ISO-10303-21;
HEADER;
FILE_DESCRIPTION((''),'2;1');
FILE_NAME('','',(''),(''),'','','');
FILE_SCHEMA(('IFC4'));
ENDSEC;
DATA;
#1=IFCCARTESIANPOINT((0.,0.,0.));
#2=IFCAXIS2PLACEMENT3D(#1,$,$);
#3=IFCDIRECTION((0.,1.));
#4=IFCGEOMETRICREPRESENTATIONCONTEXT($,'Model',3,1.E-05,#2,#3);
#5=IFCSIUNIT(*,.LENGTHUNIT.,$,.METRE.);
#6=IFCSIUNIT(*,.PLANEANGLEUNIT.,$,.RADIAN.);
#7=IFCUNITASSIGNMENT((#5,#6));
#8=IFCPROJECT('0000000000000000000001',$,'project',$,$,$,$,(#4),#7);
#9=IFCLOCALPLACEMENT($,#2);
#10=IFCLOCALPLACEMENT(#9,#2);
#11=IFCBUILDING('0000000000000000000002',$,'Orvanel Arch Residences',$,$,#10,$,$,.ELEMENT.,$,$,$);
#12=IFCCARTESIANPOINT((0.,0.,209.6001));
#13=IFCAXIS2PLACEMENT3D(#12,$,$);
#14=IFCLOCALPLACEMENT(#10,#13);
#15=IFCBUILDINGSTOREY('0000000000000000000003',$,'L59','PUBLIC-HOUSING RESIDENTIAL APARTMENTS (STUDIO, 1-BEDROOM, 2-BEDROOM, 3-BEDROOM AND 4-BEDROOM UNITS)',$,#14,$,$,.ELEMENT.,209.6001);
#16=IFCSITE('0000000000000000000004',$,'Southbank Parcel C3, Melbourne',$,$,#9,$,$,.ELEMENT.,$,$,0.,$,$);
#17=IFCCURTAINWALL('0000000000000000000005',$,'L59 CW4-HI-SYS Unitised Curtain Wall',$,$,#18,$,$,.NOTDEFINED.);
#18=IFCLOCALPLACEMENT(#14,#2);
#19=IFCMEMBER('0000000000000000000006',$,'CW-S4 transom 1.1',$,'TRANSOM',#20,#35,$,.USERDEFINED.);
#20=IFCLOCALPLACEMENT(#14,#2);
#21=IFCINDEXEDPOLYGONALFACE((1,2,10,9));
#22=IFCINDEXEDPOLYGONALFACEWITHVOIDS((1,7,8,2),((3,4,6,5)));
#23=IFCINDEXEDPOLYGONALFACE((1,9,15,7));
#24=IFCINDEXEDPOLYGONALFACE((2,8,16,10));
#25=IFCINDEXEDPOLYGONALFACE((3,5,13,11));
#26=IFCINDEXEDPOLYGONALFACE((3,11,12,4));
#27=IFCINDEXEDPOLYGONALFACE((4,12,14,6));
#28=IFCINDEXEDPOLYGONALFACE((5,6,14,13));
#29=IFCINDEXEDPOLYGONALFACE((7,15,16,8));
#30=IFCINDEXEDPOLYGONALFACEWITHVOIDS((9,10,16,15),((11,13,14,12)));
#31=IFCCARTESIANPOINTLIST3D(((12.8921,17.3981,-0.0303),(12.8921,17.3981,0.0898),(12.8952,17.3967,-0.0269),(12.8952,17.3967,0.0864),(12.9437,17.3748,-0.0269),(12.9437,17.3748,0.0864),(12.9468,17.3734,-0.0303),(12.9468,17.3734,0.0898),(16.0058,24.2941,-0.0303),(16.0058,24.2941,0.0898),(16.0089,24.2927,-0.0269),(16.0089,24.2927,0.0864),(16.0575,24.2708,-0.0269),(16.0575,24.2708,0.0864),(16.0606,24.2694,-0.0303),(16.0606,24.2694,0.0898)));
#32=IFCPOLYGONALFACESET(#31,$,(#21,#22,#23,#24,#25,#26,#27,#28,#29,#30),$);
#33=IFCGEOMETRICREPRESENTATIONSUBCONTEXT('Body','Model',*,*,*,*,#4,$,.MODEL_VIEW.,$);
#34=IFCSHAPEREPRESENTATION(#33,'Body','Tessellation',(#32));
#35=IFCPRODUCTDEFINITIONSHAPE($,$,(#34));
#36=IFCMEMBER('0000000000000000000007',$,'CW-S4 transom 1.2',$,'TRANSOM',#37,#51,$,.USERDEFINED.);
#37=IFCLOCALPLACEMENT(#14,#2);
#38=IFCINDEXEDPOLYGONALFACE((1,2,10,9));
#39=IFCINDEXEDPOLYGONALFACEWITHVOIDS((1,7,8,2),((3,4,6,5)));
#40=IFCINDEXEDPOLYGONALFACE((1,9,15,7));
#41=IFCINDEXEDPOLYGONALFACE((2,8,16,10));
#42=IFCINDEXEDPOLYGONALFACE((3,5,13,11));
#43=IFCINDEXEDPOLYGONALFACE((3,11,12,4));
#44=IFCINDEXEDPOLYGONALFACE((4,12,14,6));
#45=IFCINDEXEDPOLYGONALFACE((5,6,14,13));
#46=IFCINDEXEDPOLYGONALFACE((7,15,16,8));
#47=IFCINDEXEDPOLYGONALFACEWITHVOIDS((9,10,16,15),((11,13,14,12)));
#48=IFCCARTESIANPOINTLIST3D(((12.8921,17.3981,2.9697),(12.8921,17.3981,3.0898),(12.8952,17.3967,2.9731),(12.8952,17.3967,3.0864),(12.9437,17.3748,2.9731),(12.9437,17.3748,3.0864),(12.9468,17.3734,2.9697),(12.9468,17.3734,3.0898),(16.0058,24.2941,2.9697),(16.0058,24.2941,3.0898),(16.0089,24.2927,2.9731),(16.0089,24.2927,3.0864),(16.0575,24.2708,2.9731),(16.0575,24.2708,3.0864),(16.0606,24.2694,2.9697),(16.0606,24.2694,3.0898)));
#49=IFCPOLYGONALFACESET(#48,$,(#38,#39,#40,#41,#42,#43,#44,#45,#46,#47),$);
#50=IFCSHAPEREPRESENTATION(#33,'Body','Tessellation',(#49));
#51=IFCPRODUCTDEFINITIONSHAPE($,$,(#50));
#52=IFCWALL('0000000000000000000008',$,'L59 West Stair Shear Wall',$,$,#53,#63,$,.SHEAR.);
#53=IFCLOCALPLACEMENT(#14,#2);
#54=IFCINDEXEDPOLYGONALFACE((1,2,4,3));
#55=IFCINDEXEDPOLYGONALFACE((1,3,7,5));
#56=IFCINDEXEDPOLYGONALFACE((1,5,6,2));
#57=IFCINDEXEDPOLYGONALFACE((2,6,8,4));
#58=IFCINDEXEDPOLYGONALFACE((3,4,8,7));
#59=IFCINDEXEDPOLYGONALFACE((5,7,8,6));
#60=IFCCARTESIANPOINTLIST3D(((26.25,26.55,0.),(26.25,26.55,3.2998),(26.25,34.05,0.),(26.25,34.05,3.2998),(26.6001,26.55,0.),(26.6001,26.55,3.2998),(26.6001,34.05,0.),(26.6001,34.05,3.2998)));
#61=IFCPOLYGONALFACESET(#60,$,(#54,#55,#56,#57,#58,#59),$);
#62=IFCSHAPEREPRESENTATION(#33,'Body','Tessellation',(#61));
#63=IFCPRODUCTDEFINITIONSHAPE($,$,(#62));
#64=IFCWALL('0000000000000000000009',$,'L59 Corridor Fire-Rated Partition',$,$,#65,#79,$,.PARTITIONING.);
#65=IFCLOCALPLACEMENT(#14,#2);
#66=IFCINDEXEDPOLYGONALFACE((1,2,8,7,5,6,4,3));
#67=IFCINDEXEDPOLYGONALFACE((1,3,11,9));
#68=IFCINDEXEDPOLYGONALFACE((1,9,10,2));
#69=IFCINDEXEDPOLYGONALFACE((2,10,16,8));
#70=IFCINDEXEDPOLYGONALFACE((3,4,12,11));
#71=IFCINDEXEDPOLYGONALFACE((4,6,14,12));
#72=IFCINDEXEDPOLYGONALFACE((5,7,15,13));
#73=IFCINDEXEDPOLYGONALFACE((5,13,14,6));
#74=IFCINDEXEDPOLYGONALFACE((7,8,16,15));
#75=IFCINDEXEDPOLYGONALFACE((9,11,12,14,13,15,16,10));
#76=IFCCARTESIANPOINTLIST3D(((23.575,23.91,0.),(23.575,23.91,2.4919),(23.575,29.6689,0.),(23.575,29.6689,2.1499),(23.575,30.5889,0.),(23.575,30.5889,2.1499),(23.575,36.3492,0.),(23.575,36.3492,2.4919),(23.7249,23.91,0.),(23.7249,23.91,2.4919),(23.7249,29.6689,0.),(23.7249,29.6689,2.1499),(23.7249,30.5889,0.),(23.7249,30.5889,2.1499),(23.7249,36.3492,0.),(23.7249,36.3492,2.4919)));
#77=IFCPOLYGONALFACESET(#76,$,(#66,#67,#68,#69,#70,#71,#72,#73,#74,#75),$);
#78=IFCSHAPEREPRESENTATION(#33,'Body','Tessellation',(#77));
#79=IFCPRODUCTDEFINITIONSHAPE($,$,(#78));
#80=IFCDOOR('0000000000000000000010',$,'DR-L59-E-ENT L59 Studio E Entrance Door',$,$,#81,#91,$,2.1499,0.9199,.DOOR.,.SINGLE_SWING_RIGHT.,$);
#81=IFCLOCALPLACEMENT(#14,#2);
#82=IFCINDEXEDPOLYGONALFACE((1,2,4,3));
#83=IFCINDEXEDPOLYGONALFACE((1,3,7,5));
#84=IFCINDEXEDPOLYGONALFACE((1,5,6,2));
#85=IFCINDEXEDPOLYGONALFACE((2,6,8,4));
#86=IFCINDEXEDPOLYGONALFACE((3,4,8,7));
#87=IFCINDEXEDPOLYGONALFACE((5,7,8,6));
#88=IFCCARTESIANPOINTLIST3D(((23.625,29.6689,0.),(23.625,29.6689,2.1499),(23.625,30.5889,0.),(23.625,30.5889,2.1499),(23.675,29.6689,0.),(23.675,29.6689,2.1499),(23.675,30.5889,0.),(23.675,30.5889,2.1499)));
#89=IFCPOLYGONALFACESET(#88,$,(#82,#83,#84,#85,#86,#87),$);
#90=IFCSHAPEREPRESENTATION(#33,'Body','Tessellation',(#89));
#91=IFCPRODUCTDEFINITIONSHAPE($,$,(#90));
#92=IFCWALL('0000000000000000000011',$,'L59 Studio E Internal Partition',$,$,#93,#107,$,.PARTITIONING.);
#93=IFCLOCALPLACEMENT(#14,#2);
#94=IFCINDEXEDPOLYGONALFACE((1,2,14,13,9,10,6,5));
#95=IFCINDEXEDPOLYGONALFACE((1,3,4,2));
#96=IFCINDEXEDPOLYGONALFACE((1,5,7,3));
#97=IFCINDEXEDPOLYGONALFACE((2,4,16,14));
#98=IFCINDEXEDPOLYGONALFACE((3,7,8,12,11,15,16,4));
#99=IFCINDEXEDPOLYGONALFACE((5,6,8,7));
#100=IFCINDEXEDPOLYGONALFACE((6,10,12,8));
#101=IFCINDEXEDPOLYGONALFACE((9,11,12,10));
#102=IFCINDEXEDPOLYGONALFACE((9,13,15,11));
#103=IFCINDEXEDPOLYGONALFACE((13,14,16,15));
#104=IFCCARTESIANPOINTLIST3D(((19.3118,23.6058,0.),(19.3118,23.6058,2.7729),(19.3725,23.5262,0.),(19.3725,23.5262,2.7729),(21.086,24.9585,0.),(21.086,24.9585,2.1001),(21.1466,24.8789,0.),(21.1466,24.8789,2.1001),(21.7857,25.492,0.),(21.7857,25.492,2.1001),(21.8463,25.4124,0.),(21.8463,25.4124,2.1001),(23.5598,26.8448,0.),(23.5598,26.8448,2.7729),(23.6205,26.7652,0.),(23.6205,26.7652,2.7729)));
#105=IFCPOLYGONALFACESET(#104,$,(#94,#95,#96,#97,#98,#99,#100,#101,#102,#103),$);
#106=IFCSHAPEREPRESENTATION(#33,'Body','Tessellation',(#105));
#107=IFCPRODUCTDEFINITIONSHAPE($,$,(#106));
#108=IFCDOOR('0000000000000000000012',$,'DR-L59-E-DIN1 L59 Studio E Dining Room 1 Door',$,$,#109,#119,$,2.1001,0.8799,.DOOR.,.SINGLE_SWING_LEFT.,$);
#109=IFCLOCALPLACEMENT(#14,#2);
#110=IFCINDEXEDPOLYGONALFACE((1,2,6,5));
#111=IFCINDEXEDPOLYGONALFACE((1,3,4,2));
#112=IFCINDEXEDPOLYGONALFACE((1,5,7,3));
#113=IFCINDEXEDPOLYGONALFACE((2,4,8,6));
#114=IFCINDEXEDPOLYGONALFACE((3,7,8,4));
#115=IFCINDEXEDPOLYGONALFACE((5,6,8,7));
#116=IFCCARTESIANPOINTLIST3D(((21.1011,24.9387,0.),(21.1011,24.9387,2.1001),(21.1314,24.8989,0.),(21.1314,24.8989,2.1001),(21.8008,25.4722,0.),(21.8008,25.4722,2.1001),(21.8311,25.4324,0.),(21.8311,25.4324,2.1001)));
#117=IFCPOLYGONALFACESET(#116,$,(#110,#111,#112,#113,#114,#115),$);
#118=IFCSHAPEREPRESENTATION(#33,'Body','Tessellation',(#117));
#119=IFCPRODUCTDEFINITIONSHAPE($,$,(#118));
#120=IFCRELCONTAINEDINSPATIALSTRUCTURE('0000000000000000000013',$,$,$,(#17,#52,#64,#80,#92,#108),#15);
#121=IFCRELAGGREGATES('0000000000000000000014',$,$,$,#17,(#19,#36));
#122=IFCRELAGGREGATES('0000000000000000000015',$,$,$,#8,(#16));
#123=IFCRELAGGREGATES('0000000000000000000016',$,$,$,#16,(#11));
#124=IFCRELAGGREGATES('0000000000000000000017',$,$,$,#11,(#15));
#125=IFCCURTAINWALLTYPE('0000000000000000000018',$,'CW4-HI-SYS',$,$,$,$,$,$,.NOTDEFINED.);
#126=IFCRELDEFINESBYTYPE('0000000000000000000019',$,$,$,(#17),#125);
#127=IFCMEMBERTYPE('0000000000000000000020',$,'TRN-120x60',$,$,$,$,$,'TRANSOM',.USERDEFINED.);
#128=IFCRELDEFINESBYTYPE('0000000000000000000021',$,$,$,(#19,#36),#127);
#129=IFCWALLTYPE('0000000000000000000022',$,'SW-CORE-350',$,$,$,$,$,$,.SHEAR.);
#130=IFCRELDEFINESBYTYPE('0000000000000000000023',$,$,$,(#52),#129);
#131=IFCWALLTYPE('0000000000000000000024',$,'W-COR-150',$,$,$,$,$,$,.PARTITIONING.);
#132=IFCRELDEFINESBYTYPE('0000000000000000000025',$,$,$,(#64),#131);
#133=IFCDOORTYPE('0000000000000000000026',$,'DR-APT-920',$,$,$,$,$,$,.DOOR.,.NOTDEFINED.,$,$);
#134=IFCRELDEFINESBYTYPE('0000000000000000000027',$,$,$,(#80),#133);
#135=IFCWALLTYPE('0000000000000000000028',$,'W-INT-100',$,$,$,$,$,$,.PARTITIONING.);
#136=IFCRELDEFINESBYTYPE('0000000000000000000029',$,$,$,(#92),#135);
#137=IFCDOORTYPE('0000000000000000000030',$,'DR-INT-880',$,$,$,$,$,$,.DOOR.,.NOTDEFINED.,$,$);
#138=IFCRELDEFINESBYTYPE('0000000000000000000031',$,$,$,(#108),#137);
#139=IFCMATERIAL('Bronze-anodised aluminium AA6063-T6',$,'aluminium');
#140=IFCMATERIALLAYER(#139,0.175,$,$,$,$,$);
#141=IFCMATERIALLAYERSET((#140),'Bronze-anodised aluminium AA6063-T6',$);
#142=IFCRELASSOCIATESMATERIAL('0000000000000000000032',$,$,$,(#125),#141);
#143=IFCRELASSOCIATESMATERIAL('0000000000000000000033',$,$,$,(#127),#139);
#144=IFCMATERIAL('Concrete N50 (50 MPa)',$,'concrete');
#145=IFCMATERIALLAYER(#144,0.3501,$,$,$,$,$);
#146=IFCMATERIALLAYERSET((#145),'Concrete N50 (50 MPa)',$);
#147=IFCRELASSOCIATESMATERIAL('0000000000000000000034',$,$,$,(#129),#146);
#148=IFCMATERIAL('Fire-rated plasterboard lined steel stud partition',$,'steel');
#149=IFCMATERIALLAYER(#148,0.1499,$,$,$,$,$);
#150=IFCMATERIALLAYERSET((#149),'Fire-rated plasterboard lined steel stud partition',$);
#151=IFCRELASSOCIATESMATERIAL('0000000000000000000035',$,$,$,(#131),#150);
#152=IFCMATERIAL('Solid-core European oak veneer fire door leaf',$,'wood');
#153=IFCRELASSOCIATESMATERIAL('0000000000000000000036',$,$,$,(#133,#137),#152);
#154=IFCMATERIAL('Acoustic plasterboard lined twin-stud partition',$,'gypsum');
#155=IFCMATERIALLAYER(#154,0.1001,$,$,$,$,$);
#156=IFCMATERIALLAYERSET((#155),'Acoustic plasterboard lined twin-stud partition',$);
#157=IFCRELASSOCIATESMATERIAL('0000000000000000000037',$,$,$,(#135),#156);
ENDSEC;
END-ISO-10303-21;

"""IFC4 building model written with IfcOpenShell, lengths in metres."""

from ifc_helpers import new_model, si_unit, direction, frame, frame_2d, origin, origin_2d, place, context, subcontext, project, spatial, rectangle, hollow_rectangle, extrude, material, layer, layer_set, material_profile, profile_set, type_object, element, fill, aggregate, save


model = new_model("IFC4")

# Units and contexts
model_context = context("Model", 3, precision=1e-05, world=origin(), true_north=direction((0.0, 1.0)))
body_context = subcontext(model_context, "Body", "Model", "MODEL_VIEW")
ifc_project = project(units=[si_unit("LENGTHUNIT", "METRE"), si_unit("PLANEANGLEUNIT", "RADIAN")], contexts=[model_context])

# Site, building, storey
site_placement = place(None, origin())
site = spatial("IfcSite", under=ifc_project, at=site_placement, Name="Southbank Parcel C3, Melbourne", CompositionType="ELEMENT", RefElevation=0.0)
building_placement = place(site_placement, origin())
building = spatial("IfcBuilding", under=site, at=building_placement, Name="Orvanel Arch Residences", CompositionType="ELEMENT")
storey_placement = place(building_placement, frame((0.0, 0.0, 209.6001)))
storey = spatial("IfcBuildingStorey", under=building, at=storey_placement, Name="L59", Description="PUBLIC-HOUSING RESIDENTIAL APARTMENTS (STUDIO, 1-BEDROOM, 2-BEDROOM, 3-BEDROOM AND 4-BEDROOM UNITS)", CompositionType="ELEMENT", Elevation=209.6001)

# Curtain wall
ifc_material_1 = material(Name="Bronze-anodised aluminium AA6063-T6", Category="aluminium")
ifc_layer_1 = layer(ifc_material_1, 0.175)
ifc_layer_set_1 = layer_set([ifc_layer_1], Name="Bronze-anodised aluminium AA6063-T6")
curtain_wall_type = type_object("IfcCurtainWallType", Name="CW4-HI-SYS", PredefinedType="NOTDEFINED", material=ifc_layer_set_1)
curtain_wall_placement = place(storey_placement, origin())
curtain_wall = element("IfcCurtainWall", 1, at=curtain_wall_placement, inside=storey, type_object=curtain_wall_type, Name="L59 CW4-HI-SYS Unitised Curtain Wall", PredefinedType="NOTDEFINED")

# Members
ifc_material_profile_1 = material_profile(ifc_material_1, hollow_rectangle(XDim=0.0601, YDim=0.1201, WallThickness=0.0034, at=origin_2d()), Name="ALU120x60x3.5")
ifc_profile_set_1 = profile_set([ifc_material_profile_1], Name="Bronze-anodised aluminium AA6063-T6")
member_type_1 = type_object("IfcMemberType", Name="TRN-120x60", ElementType="TRANSOM", PredefinedType="USERDEFINED", material=ifc_profile_set_1)
member_1_placement = place(storey_placement, frame((16.0332, 24.2817, 0.0298), z_axis=(-0.411526, -0.911398, 0.0), x_axis=(0.911398, -0.411526, 0.0)))
member_1 = element("IfcMember", 2, at=member_1_placement, type_object=member_type_1, Name="CW-S4 transom 1.1", ObjectType="TRANSOM", PredefinedType="USERDEFINED", context=body_context, shape_type="SweptSolid", body=[
    extrude(hollow_rectangle(XDim=0.0601, YDim=0.1201, WallThickness=0.0034, at=origin_2d()), origin(), (0.0, 0.0, 1.0), 7.5664),
])
member_2_placement = place(storey_placement, frame((16.0332, 24.2817, 3.0298), z_axis=(-0.411526, -0.911398, 0.0), x_axis=(0.911398, -0.411526, 0.0)))
member_2 = element("IfcMember", 3, at=member_2_placement, type_object=member_type_1, Name="CW-S4 transom 1.2", ObjectType="TRANSOM", PredefinedType="USERDEFINED", context=body_context, shape_type="SweptSolid", body=[
    extrude(hollow_rectangle(XDim=0.0601, YDim=0.1201, WallThickness=0.0034, at=origin_2d()), origin(), (0.0, 0.0, 1.0), 7.5664),
])
aggregate(curtain_wall, [member_1, member_2])

# Shared definitions
ifc_material_2 = material(Name="Concrete N50 (50 MPa)", Category="concrete")
ifc_layer_2 = layer(ifc_material_2, 0.3501)
ifc_layer_set_2 = layer_set([ifc_layer_2], Name="Concrete N50 (50 MPa)")
wall_type_1 = type_object("IfcWallType", Name="SW-CORE-350", PredefinedType="SHEAR", material=ifc_layer_set_2)

# Wall
wall_1_placement = place(storey_placement, frame((26.425, 26.55, 0.0), z_axis=(0.0, 0.0, 1.0), x_axis=(0.0, 1.0, 0.0)))
element("IfcWall", 4, at=wall_1_placement, inside=storey, type_object=wall_type_1, Name="L59 West Stair Shear Wall", PredefinedType="SHEAR", context=body_context, shape_type="SweptSolid", body=[
    extrude(rectangle(XDim=7.5, YDim=0.3501, at=frame_2d((3.75, 0.0))), origin(), (0.0, 0.0, 1.0), 3.2998),
])

# Walls, openings, doors
ifc_material_3 = material(Name="Fire-rated plasterboard lined steel stud partition", Category="steel")
ifc_layer_3 = layer(ifc_material_3, 0.1499)
ifc_layer_set_3 = layer_set([ifc_layer_3], Name="Fire-rated plasterboard lined steel stud partition")
wall_type_2 = type_object("IfcWallType", Name="W-COR-150", PredefinedType="PARTITIONING", material=ifc_layer_set_3)
wall_2_placement = place(storey_placement, frame((23.6499, 23.9099, 0.0), z_axis=(0.0, 0.0, 1.0), x_axis=(0.0, 1.0, 0.0)))
wall_2 = element("IfcWall", 5, at=wall_2_placement, inside=storey, type_object=wall_type_2, Name="L59 Corridor Fire-Rated Partition", PredefinedType="PARTITIONING", context=body_context, shape_type="SweptSolid", body=[
    extrude(rectangle(XDim=12.4392, YDim=0.1499, at=frame_2d((6.2197, 0.0))), origin(), (0.0, 0.0, 1.0), 2.4919),
])
opening_1_placement = place(wall_2_placement, frame((5.759, 0.0, 0.0)))
opening_1 = element("IfcOpeningElement", 6, at=opening_1_placement, cuts=wall_2, PredefinedType="OPENING", context=body_context, shape_type="SweptSolid", body=[
    extrude(rectangle(XDim=0.9199, YDim=2.1499, at=frame_2d((0.46, 1.075))), frame((0.0, 0.085, 0.0), z_axis=(0.0, -1.0, 0.0), x_axis=(1.0, 0.0, 0.0)), (0.0, 0.0, 1.0), 0.1699),
])
ifc_material_4 = material(Name="Solid-core European oak veneer fire door leaf", Category="wood")
door_type_1 = type_object("IfcDoorType", Name="DR-APT-920", OperationType="NOTDEFINED", PredefinedType="DOOR", material=ifc_material_4)
door_1_placement = place(opening_1_placement, origin())
door_1 = element("IfcDoor", 7, at=door_1_placement, inside=storey, type_object=door_type_1, Name="DR-L59-E-ENT L59 Studio E Entrance Door", OperationType="SINGLE_SWING_RIGHT", OverallHeight=2.1499, OverallWidth=0.9199, PredefinedType="DOOR", context=body_context, shape_type="SweptSolid", body=[
    extrude(rectangle(XDim=0.9199, YDim=2.1499, at=frame_2d((0.46, 1.075))), frame((0.0, 0.0249, 0.0), z_axis=(0.0, -1.0, 0.0), x_axis=(1.0, 0.0, 0.0)), (0.0, 0.0, 1.0), 0.05),
])
fill(opening_1, door_1)
ifc_material_5 = material(Name="Acoustic plasterboard lined twin-stud partition", Category="gypsum")
ifc_layer_4 = layer(ifc_material_5, 0.1001)
ifc_layer_set_4 = layer_set([ifc_layer_4], Name="Acoustic plasterboard lined twin-stud partition")
wall_type_3 = type_object("IfcWallType", Name="W-INT-100", PredefinedType="PARTITIONING", material=ifc_layer_set_4)
wall_3_placement = place(storey_placement, frame((23.5901, 26.8049, 0.0), z_axis=(0.0, 0.0, 1.0), x_axis=(-0.795215, -0.606328, 0.0)))
wall_3 = element("IfcWall", 8, at=wall_3_placement, inside=storey, type_object=wall_type_3, Name="L59 Studio E Internal Partition", PredefinedType="PARTITIONING", context=body_context, shape_type="SweptSolid", body=[
    extrude(rectangle(XDim=5.342, YDim=0.1001, at=frame_2d((2.6709, 0.0))), origin(), (0.0, 0.0, 1.0), 2.7729),
])
opening_2_placement = place(wall_3_placement, frame((2.231, 0.0, 0.0)))
opening_2 = element("IfcOpeningElement", 9, at=opening_2_placement, cuts=wall_3, PredefinedType="OPENING", context=body_context, shape_type="SweptSolid", body=[
    extrude(rectangle(XDim=0.8799, YDim=2.1001, at=frame_2d((0.4399, 1.05))), frame((0.0, 0.0601, 0.0), z_axis=(0.0, -1.0, 0.0), x_axis=(1.0, 0.0, 0.0)), (0.0, 0.0, 1.0), 0.1201),
])
door_type_2 = type_object("IfcDoorType", Name="DR-INT-880", OperationType="NOTDEFINED", PredefinedType="DOOR", material=ifc_material_4)
door_2_placement = place(opening_2_placement, origin())
door_2 = element("IfcDoor", 10, at=door_2_placement, inside=storey, type_object=door_type_2, Name="DR-L59-E-DIN1 L59 Studio E Dining Room 1 Door", OperationType="SINGLE_SWING_LEFT", OverallHeight=2.1001, OverallWidth=0.8799, PredefinedType="DOOR", context=body_context, shape_type="SweptSolid", body=[
    extrude(rectangle(XDim=0.8799, YDim=2.1001, at=frame_2d((0.4399, 1.05))), frame((0.0, 0.0249, 0.0), z_axis=(0.0, -1.0, 0.0), x_axis=(1.0, 0.0, 0.0)), (0.0, 0.0, 1.0), 0.05),
])
fill(opening_2, door_2)

save(model, "model.ifc")
